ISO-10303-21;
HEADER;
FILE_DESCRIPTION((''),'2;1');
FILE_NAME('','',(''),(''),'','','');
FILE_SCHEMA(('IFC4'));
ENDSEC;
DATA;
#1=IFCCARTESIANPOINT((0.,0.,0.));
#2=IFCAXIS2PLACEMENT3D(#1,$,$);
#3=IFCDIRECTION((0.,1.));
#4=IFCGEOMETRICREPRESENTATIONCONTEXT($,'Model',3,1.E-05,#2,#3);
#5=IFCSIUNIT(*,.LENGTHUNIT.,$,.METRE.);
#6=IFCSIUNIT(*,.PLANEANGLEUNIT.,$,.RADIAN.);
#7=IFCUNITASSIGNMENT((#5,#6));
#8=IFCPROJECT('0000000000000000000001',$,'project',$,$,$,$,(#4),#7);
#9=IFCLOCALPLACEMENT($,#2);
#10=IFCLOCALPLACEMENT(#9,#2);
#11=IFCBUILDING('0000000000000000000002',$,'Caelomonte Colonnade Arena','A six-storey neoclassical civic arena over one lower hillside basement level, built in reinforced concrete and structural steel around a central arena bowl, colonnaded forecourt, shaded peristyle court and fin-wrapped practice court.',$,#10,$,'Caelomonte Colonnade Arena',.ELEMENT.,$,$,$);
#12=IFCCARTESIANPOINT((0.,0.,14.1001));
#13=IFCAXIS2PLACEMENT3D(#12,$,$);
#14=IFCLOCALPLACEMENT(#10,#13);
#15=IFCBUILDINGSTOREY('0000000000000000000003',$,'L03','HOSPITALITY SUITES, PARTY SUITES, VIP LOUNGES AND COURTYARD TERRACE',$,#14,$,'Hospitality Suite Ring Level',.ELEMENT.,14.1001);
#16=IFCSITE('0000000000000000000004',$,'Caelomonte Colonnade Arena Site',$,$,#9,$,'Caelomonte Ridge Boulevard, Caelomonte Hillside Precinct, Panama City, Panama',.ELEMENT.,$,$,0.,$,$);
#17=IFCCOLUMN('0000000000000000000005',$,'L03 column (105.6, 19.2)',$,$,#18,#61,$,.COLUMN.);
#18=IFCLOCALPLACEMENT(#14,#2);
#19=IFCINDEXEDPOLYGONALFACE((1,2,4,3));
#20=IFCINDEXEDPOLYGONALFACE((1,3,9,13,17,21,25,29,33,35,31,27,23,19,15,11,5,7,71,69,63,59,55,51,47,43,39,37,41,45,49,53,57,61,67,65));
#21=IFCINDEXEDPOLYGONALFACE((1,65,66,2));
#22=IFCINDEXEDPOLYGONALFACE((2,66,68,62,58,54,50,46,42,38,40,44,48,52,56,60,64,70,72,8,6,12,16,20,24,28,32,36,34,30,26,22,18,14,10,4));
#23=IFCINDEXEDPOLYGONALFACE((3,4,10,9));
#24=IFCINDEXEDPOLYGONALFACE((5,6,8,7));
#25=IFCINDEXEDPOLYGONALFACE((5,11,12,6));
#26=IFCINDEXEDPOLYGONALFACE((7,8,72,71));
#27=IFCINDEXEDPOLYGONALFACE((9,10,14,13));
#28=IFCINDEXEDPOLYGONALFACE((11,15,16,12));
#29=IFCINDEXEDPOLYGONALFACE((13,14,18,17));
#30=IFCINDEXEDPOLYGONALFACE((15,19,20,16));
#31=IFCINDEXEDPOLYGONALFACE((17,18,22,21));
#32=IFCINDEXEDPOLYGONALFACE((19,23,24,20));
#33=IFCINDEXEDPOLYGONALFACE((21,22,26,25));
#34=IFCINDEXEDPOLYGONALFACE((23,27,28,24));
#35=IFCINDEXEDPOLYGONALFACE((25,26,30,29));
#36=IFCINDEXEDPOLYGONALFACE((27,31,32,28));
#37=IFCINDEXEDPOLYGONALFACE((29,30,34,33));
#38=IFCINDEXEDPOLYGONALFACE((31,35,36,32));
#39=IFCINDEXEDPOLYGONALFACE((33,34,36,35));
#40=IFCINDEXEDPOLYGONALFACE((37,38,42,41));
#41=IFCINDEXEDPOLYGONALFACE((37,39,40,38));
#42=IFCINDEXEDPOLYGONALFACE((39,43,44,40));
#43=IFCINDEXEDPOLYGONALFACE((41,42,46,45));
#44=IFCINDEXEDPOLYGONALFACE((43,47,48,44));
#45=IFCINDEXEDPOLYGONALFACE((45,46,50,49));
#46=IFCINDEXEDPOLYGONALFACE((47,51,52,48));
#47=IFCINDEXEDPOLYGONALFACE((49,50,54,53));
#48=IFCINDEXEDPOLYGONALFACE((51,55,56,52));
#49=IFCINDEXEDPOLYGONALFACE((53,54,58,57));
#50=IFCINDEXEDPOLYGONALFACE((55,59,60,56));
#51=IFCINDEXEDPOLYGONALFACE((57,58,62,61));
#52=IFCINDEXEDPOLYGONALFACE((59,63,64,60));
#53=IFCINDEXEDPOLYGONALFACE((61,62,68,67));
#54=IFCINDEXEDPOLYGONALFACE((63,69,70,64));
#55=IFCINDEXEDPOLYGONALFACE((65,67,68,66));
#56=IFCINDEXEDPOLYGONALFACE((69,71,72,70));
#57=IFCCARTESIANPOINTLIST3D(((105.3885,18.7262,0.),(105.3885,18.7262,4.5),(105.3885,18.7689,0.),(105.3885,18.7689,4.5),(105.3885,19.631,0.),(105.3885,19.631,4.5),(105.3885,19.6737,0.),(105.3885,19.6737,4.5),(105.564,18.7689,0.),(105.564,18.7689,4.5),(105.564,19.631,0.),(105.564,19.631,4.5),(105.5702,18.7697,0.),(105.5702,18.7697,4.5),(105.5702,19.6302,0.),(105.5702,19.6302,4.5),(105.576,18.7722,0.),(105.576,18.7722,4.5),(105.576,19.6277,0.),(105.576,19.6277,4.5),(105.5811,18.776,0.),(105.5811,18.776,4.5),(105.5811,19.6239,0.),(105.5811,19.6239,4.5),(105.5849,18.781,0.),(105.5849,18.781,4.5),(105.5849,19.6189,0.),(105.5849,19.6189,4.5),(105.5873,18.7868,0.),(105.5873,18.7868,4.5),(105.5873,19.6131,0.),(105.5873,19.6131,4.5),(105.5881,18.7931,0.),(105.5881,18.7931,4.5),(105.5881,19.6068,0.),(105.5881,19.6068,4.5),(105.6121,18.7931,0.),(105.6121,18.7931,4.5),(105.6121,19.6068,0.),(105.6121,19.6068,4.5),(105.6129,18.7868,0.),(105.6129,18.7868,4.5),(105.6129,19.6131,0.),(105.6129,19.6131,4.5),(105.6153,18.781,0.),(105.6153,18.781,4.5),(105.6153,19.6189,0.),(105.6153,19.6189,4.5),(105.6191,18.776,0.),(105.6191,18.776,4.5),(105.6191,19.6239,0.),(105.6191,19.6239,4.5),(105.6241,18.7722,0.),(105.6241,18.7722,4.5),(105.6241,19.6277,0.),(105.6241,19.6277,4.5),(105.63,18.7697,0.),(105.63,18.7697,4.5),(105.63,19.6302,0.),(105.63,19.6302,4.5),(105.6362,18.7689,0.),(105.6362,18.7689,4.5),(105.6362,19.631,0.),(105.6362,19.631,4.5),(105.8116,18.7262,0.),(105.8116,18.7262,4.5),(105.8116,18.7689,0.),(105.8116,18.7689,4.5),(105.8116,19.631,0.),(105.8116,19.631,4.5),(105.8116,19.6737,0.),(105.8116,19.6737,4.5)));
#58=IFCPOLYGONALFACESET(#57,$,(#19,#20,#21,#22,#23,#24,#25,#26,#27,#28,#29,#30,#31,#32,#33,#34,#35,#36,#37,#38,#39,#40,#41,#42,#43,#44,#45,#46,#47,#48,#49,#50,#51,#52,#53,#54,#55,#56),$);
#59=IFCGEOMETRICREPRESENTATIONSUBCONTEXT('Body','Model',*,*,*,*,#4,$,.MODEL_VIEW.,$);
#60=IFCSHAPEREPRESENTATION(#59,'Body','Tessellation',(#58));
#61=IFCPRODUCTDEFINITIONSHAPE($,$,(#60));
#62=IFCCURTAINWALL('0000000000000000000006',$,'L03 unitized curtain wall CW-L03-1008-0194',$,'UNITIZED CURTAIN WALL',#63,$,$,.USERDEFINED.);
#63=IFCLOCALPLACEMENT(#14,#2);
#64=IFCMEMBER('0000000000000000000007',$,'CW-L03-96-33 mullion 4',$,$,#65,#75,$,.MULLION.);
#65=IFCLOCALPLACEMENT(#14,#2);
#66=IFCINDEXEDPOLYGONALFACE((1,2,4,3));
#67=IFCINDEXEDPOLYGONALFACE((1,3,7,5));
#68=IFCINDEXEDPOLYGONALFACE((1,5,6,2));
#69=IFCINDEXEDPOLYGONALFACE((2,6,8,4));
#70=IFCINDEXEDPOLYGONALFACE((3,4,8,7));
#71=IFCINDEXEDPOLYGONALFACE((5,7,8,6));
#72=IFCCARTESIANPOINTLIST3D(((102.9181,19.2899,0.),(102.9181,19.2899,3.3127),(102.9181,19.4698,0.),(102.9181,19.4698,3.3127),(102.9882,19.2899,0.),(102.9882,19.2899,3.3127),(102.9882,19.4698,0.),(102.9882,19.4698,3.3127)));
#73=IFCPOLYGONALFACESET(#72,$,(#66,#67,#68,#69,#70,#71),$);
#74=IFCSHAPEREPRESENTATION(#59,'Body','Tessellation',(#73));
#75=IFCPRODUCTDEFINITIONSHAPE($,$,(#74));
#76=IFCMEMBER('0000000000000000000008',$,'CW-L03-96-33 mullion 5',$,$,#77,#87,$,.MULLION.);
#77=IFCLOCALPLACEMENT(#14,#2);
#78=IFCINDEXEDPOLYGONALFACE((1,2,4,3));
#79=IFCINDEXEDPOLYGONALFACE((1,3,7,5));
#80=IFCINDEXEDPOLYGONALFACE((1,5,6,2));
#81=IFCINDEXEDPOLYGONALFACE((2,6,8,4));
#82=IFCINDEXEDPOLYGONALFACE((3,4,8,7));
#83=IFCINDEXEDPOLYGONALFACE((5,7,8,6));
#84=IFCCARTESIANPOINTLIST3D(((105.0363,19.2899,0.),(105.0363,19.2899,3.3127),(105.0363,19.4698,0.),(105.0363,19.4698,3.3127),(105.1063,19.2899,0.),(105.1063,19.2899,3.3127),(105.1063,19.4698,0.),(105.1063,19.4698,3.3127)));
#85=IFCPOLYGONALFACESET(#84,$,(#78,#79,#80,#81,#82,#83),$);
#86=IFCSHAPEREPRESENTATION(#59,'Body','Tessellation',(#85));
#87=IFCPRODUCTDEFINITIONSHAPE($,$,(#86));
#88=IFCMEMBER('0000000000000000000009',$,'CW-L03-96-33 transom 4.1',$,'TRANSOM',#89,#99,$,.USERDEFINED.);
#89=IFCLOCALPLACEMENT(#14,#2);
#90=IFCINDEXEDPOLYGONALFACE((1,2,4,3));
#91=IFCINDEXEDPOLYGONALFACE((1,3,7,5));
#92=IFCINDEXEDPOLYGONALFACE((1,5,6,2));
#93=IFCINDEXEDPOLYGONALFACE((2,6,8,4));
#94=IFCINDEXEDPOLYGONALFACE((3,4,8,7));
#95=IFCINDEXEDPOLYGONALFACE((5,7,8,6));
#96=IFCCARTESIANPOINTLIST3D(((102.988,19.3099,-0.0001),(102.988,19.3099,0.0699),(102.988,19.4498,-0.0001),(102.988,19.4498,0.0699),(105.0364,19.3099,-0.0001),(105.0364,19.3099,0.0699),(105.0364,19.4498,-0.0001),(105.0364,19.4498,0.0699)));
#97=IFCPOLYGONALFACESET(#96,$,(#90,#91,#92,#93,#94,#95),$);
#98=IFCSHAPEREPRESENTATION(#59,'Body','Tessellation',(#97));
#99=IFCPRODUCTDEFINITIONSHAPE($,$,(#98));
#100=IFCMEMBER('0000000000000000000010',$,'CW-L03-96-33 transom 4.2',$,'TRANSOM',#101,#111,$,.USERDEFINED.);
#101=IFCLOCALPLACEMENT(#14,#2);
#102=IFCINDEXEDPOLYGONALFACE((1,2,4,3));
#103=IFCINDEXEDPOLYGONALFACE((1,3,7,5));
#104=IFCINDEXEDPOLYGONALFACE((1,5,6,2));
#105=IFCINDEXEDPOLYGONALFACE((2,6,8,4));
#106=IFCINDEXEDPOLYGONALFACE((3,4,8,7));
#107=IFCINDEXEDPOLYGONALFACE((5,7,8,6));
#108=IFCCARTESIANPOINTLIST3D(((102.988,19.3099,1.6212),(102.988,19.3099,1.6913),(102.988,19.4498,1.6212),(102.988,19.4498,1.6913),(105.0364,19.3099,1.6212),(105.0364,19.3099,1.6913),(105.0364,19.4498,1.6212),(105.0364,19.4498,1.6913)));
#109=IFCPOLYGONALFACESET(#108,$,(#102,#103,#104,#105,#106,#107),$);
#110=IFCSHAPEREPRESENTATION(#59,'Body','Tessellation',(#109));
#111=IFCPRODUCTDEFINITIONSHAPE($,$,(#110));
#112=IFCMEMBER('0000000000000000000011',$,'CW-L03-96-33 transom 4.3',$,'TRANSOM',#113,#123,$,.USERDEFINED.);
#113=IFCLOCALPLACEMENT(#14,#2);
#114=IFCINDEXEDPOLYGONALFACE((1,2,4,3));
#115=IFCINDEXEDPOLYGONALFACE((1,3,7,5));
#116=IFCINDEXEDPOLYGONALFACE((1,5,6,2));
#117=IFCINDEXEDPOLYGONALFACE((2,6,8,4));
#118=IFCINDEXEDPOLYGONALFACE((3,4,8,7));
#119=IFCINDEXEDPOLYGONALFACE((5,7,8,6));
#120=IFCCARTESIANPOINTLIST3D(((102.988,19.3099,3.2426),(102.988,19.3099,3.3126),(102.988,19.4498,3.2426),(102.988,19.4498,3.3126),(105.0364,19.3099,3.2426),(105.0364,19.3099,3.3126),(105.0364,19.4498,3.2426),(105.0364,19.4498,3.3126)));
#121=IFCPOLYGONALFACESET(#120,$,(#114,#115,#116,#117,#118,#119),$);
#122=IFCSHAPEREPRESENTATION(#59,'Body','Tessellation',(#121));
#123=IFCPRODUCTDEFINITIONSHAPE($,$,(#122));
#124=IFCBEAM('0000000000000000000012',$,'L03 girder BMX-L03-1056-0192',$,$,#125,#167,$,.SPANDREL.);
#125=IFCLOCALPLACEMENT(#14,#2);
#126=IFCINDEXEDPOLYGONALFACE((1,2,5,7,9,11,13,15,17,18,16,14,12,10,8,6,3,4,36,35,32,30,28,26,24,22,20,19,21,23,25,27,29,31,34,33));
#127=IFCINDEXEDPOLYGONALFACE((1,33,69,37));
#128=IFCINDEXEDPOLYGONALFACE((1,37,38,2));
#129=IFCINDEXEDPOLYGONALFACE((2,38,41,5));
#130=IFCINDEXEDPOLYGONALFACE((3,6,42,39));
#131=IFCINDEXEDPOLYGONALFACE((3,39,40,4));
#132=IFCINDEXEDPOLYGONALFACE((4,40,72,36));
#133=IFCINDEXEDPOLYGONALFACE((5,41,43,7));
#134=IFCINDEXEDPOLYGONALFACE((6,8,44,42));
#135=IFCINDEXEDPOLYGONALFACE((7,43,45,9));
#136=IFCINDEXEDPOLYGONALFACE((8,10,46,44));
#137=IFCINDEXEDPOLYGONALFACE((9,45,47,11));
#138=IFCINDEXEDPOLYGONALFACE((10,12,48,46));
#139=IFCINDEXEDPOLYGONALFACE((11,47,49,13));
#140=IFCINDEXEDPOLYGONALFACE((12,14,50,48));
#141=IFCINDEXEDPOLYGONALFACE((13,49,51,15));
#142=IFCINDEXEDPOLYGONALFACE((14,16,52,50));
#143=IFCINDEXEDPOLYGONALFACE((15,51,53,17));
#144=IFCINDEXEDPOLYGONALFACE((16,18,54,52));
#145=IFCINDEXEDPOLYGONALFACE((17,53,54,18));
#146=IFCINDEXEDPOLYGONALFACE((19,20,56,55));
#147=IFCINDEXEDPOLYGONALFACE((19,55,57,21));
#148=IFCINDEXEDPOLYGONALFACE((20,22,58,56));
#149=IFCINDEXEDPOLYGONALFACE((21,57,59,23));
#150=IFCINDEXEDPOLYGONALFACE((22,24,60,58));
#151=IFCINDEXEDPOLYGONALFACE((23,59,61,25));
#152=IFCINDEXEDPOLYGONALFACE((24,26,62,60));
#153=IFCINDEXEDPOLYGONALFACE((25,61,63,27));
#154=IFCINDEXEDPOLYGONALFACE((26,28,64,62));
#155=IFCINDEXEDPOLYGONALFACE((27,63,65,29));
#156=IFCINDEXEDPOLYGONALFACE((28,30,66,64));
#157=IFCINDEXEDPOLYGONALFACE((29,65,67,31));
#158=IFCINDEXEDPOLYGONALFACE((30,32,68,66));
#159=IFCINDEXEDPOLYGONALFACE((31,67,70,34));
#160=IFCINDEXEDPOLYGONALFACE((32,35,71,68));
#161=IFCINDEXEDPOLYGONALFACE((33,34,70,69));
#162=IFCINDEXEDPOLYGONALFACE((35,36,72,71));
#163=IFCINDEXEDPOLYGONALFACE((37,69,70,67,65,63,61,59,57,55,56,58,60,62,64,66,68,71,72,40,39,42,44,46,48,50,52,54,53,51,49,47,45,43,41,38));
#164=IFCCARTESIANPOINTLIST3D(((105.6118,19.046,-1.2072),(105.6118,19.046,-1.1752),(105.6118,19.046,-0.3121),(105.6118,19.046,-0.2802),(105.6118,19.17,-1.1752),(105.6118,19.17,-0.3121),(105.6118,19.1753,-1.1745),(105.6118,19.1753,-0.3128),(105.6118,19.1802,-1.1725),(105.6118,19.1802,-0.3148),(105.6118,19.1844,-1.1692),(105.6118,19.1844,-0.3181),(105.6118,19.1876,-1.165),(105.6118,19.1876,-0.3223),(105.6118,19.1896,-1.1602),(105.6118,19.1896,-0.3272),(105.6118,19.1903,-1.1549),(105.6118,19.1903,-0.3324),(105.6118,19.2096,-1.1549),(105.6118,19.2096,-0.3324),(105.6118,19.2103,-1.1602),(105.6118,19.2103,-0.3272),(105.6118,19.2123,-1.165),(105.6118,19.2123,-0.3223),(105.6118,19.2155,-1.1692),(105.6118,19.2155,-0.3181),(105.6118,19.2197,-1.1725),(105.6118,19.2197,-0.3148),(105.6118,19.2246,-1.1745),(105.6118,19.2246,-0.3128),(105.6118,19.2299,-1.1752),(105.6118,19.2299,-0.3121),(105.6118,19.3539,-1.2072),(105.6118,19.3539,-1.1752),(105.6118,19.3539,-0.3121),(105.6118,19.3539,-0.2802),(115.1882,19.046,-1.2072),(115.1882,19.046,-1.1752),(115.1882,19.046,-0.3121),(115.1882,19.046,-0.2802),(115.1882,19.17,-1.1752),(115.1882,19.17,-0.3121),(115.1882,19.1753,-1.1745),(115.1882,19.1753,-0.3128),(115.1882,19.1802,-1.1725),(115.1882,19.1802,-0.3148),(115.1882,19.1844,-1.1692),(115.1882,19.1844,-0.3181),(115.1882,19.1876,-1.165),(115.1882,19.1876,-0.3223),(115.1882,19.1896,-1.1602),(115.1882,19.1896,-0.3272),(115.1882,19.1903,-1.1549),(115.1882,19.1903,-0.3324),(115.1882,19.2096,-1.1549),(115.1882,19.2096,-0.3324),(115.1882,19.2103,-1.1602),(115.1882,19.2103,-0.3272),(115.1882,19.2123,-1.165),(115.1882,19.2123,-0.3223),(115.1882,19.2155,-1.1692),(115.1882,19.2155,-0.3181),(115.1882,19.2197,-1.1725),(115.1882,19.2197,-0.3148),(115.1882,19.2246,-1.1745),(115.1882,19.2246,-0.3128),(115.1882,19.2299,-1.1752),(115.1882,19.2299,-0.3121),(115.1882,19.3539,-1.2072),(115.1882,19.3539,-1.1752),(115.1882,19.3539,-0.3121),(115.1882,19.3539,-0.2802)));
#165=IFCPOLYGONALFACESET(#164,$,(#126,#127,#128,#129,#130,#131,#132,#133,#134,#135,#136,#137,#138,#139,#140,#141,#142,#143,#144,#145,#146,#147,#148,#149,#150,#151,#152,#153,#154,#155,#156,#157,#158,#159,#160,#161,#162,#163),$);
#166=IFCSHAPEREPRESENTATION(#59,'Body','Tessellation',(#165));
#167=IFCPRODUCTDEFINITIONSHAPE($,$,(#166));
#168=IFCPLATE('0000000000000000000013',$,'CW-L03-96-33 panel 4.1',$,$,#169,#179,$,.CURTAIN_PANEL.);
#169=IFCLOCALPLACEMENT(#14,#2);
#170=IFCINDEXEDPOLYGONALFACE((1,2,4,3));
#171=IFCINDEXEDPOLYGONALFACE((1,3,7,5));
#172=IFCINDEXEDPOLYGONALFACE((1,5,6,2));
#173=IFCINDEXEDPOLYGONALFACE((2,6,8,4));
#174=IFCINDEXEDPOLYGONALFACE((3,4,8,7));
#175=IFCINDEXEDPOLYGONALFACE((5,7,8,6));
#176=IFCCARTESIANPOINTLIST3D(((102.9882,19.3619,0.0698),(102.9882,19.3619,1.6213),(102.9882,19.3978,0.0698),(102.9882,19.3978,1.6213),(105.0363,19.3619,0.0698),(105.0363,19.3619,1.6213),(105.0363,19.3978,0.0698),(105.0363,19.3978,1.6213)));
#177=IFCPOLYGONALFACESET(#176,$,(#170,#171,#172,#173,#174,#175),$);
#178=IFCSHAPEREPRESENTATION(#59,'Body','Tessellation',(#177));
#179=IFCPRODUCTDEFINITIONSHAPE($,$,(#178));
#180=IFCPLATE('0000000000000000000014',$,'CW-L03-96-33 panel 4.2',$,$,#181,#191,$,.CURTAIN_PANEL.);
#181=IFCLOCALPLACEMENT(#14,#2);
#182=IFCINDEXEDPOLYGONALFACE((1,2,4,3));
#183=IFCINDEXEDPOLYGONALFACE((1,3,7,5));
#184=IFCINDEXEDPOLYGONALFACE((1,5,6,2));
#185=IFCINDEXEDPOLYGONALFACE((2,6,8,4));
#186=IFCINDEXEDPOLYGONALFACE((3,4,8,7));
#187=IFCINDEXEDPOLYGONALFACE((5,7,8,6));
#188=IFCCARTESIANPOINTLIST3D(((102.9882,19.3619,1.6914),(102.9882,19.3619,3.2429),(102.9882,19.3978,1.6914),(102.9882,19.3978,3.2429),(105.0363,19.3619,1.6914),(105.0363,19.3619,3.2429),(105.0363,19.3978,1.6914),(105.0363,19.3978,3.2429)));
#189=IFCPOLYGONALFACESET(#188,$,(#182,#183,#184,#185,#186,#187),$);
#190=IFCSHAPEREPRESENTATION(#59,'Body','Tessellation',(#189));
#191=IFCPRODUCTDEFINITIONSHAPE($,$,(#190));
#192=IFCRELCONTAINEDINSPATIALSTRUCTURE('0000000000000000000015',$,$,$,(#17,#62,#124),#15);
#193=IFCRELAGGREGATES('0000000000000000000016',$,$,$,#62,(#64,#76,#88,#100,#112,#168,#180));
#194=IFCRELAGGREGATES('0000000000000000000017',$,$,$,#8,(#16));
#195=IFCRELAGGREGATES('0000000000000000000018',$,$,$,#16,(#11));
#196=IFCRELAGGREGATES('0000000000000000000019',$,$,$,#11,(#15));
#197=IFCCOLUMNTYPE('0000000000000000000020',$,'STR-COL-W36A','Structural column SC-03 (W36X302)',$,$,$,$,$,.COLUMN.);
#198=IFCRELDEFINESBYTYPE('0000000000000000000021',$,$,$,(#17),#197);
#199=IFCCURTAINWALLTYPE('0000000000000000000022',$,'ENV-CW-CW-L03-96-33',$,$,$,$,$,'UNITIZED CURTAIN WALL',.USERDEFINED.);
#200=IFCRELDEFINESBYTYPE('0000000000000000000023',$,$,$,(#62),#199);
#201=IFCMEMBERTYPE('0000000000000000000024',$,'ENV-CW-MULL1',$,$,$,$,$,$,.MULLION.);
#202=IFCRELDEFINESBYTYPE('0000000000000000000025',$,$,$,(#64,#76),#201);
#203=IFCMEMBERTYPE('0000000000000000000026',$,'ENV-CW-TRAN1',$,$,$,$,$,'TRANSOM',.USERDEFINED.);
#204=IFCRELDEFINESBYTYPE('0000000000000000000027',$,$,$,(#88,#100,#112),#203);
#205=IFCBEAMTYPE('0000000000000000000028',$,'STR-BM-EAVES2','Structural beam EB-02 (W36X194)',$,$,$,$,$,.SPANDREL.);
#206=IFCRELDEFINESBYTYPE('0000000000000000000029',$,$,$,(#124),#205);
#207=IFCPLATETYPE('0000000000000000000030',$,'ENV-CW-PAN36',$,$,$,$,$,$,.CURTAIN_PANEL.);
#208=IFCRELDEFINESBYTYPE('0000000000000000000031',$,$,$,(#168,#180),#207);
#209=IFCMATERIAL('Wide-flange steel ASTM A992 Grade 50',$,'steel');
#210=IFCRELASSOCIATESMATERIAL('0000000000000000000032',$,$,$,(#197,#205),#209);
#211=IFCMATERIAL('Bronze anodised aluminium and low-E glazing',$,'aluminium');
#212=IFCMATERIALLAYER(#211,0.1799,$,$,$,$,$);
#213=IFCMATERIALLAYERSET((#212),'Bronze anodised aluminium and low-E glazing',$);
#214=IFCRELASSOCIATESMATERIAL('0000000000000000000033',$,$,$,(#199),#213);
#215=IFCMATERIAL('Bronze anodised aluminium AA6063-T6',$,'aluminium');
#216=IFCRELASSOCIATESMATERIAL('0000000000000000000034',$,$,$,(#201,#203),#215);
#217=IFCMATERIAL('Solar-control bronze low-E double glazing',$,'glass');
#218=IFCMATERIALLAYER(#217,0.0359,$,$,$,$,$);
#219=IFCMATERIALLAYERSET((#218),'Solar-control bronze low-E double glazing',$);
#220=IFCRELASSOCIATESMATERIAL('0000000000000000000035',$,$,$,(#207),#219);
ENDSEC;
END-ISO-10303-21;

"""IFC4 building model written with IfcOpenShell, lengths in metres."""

from ifc_helpers import new_model, si_unit, direction, frame, origin, origin_2d, place, context, subcontext, project, spatial, rectangle, i_section, extrude, material, layer, layer_set, material_profile, profile_set, type_object, element, aggregate, save


model = new_model("IFC4")

# Units and contexts
model_context = context("Model", 3, precision=1e-05, world=origin(), true_north=direction((0.0, 1.0)))
body_context = subcontext(model_context, "Body", "Model", "MODEL_VIEW")
ifc_project = project(units=[si_unit("LENGTHUNIT", "METRE"), si_unit("PLANEANGLEUNIT", "RADIAN")], contexts=[model_context])

# Site, building, storey
site_placement = place(None, origin())
site = spatial("IfcSite", under=ifc_project, at=site_placement, Name="Caelomonte Colonnade Arena Site", LongName="Caelomonte Ridge Boulevard, Caelomonte Hillside Precinct, Panama City, Panama", CompositionType="ELEMENT", RefElevation=0.0)
building_placement = place(site_placement, origin())
building = spatial("IfcBuilding", under=site, at=building_placement, Name="Caelomonte Colonnade Arena", Description="A six-storey neoclassical civic arena over one lower hillside basement level, built in reinforced concrete and structural steel around a central arena bowl, colonnaded forecourt, shaded peristyle court and fin-wrapped practice court.", LongName="Caelomonte Colonnade Arena", CompositionType="ELEMENT")
storey_placement = place(building_placement, frame((0.0, 0.0, 14.1001)))
storey = spatial("IfcBuildingStorey", under=building, at=storey_placement, Name="L03", Description="HOSPITALITY SUITES, PARTY SUITES, VIP LOUNGES AND COURTYARD TERRACE", LongName="Hospitality Suite Ring Level", CompositionType="ELEMENT", Elevation=14.1001)

# Column
ifc_material_1 = material(Name="Wide-flange steel ASTM A992 Grade 50", Category="steel")
ifc_material_profile_1 = material_profile(ifc_material_1, i_section(OverallWidth=0.4231, OverallDepth=0.9475, WebThickness=0.0239, FlangeThickness=0.0427, FilletRadius=0.0242, at=origin_2d()), Name="W36X302")
ifc_profile_set_1 = profile_set([ifc_material_profile_1], Name="Wide-flange steel ASTM A992 Grade 50")
column_type = type_object("IfcColumnType", Name="STR-COL-W36A", Description="Structural column SC-03 (W36X302)", PredefinedType="COLUMN", material=ifc_profile_set_1)
column_placement = place(storey_placement, frame((105.6001, 19.2, 0.0), z_axis=(0.0, 0.0, 1.0), x_axis=(1.0, 0.0, 0.0)))
element("IfcColumn", 1, at=column_placement, inside=storey, type_object=column_type, Name="L03 column (105.6, 19.2)", PredefinedType="COLUMN", context=body_context, shape_type="SweptSolid", body=[
    extrude(i_section(OverallWidth=0.4231, OverallDepth=0.9475, WebThickness=0.0239, FlangeThickness=0.0427, FilletRadius=0.0242, at=origin_2d()), origin(), (0.0, 0.0, 1.0), 4.5),
])

# Curtain wall, members
ifc_material_2 = material(Name="Bronze anodised aluminium and low-E glazing", Category="aluminium")
ifc_layer_1 = layer(ifc_material_2, 0.1799)
ifc_layer_set_1 = layer_set([ifc_layer_1], Name="Bronze anodised aluminium and low-E glazing")
curtain_wall_type = type_object("IfcCurtainWallType", Name="ENV-CW-CW-L03-96-33", ElementType="UNITIZED CURTAIN WALL", PredefinedType="USERDEFINED", material=ifc_layer_set_1)
curtain_wall_placement = place(storey_placement, origin())
curtain_wall = element("IfcCurtainWall", 2, at=curtain_wall_placement, inside=storey, type_object=curtain_wall_type, Name="L03 unitized curtain wall CW-L03-1008-0194", ObjectType="UNITIZED CURTAIN WALL", PredefinedType="USERDEFINED")
ifc_material_3 = material(Name="Bronze anodised aluminium AA6063-T6", Category="aluminium")
ifc_material_profile_2 = material_profile(ifc_material_3, rectangle(XDim=0.0701, YDim=0.1799, at=origin_2d()), Name="CWM-70X180")
ifc_profile_set_2 = profile_set([ifc_material_profile_2], Name="Bronze anodised aluminium AA6063-T6")
member_type_1 = type_object("IfcMemberType", Name="ENV-CW-MULL1", PredefinedType="MULLION", material=ifc_profile_set_2)
member_1_placement = place(storey_placement, frame((102.9531, 19.3799, 0.0), z_axis=(0.0, 0.0, 1.0), x_axis=(1.0, 0.0, 0.0)))
member_1 = element("IfcMember", 3, at=member_1_placement, type_object=member_type_1, Name="CW-L03-96-33 mullion 4", PredefinedType="MULLION", context=body_context, shape_type="SweptSolid", body=[
    extrude(rectangle(XDim=0.0701, YDim=0.1799, at=origin_2d()), origin(), (0.0, 0.0, 1.0), 3.3127),
])
member_2_placement = place(storey_placement, frame((105.0713, 19.3799, 0.0), z_axis=(0.0, 0.0, 1.0), x_axis=(1.0, 0.0, 0.0)))
member_2 = element("IfcMember", 4, at=member_2_placement, type_object=member_type_1, Name="CW-L03-96-33 mullion 5", PredefinedType="MULLION", context=body_context, shape_type="SweptSolid", body=[
    extrude(rectangle(XDim=0.0701, YDim=0.1799, at=origin_2d()), origin(), (0.0, 0.0, 1.0), 3.3127),
])
ifc_material_profile_3 = material_profile(ifc_material_3, rectangle(XDim=0.0701, YDim=0.1399, at=origin_2d()), Name="CWT-70X140")
ifc_profile_set_3 = profile_set([ifc_material_profile_3], Name="Bronze anodised aluminium AA6063-T6")
member_type_2 = type_object("IfcMemberType", Name="ENV-CW-TRAN1", ElementType="TRANSOM", PredefinedType="USERDEFINED", material=ifc_profile_set_3)
member_3_placement = place(storey_placement, frame((102.988, 19.3799, 0.0349), z_axis=(1.0, 0.0, 0.0), x_axis=(0.0, 0.0, 1.0)))
member_3 = element("IfcMember", 5, at=member_3_placement, type_object=member_type_2, Name="CW-L03-96-33 transom 4.1", ObjectType="TRANSOM", PredefinedType="USERDEFINED", context=body_context, shape_type="SweptSolid", body=[
    extrude(rectangle(XDim=0.0701, YDim=0.1399, at=origin_2d()), origin(), (0.0, 0.0, 1.0), 2.0483),
])
member_4_placement = place(storey_placement, frame((102.988, 19.3799, 1.6562), z_axis=(1.0, 0.0, 0.0), x_axis=(0.0, 0.0, 1.0)))
member_4 = element("IfcMember", 6, at=member_4_placement, type_object=member_type_2, Name="CW-L03-96-33 transom 4.2", ObjectType="TRANSOM", PredefinedType="USERDEFINED", context=body_context, shape_type="SweptSolid", body=[
    extrude(rectangle(XDim=0.0701, YDim=0.1399, at=origin_2d()), origin(), (0.0, 0.0, 1.0), 2.0483),
])
member_5_placement = place(storey_placement, frame((102.988, 19.3799, 3.2776), z_axis=(1.0, 0.0, 0.0), x_axis=(0.0, 0.0, 1.0)))
member_5 = element("IfcMember", 7, at=member_5_placement, type_object=member_type_2, Name="CW-L03-96-33 transom 4.3", ObjectType="TRANSOM", PredefinedType="USERDEFINED", context=body_context, shape_type="SweptSolid", body=[
    extrude(rectangle(XDim=0.0701, YDim=0.1399, at=origin_2d()), origin(), (0.0, 0.0, 1.0), 2.0483),
])

# Beam
ifc_material_profile_4 = material_profile(ifc_material_1, i_section(OverallWidth=0.3079, OverallDepth=0.927, WebThickness=0.0193, FlangeThickness=0.032, FilletRadius=0.0203, at=origin_2d()), Name="W36X194")
ifc_profile_set_4 = profile_set([ifc_material_profile_4], Name="Wide-flange steel ASTM A992 Grade 50")
beam_type = type_object("IfcBeamType", Name="STR-BM-EAVES2", Description="Structural beam EB-02 (W36X194)", PredefinedType="SPANDREL", material=ifc_profile_set_4)
beam_placement = place(storey_placement, frame((105.6118, 19.2, -0.7437), z_axis=(1.0, 0.0, 0.0), x_axis=(0.0, 1.0, 0.0)))
element("IfcBeam", 8, at=beam_placement, inside=storey, type_object=beam_type, Name="L03 girder BMX-L03-1056-0192", PredefinedType="SPANDREL", context=body_context, shape_type="SweptSolid", body=[
    extrude(i_section(OverallWidth=0.3079, OverallDepth=0.927, WebThickness=0.0193, FlangeThickness=0.032, FilletRadius=0.0203, at=origin_2d()), origin(), (0.0, 0.0, 1.0), 9.5764),
])

# Plates
ifc_material_4 = material(Name="Solar-control bronze low-E double glazing", Category="glass")
ifc_layer_2 = layer(ifc_material_4, 0.0359)
ifc_layer_set_2 = layer_set([ifc_layer_2], Name="Solar-control bronze low-E double glazing")
plate_type = type_object("IfcPlateType", Name="ENV-CW-PAN36", PredefinedType="CURTAIN_PANEL", material=ifc_layer_set_2)
plate_1_placement = place(storey_placement, frame((104.0122, 19.3799, 0.0698), z_axis=(0.0, 0.0, 1.0), x_axis=(1.0, 0.0, 0.0)))
plate_1 = element("IfcPlate", 9, at=plate_1_placement, type_object=plate_type, Name="CW-L03-96-33 panel 4.1", PredefinedType="CURTAIN_PANEL", context=body_context, shape_type="SweptSolid", body=[
    extrude(rectangle(XDim=2.0481, YDim=0.0359, at=origin_2d()), origin(), (0.0, 0.0, 1.0), 1.5515),
])
plate_2_placement = place(storey_placement, frame((104.0122, 19.3799, 1.6914), z_axis=(0.0, 0.0, 1.0), x_axis=(1.0, 0.0, 0.0)))
plate_2 = element("IfcPlate", 10, at=plate_2_placement, type_object=plate_type, Name="CW-L03-96-33 panel 4.2", PredefinedType="CURTAIN_PANEL", context=body_context, shape_type="SweptSolid", body=[
    extrude(rectangle(XDim=2.0481, YDim=0.0359, at=origin_2d()), origin(), (0.0, 0.0, 1.0), 1.5515),
])
aggregate(curtain_wall, [member_1, member_2, member_3, member_4, member_5, plate_1, plate_2])

save(model, "model.ifc")
